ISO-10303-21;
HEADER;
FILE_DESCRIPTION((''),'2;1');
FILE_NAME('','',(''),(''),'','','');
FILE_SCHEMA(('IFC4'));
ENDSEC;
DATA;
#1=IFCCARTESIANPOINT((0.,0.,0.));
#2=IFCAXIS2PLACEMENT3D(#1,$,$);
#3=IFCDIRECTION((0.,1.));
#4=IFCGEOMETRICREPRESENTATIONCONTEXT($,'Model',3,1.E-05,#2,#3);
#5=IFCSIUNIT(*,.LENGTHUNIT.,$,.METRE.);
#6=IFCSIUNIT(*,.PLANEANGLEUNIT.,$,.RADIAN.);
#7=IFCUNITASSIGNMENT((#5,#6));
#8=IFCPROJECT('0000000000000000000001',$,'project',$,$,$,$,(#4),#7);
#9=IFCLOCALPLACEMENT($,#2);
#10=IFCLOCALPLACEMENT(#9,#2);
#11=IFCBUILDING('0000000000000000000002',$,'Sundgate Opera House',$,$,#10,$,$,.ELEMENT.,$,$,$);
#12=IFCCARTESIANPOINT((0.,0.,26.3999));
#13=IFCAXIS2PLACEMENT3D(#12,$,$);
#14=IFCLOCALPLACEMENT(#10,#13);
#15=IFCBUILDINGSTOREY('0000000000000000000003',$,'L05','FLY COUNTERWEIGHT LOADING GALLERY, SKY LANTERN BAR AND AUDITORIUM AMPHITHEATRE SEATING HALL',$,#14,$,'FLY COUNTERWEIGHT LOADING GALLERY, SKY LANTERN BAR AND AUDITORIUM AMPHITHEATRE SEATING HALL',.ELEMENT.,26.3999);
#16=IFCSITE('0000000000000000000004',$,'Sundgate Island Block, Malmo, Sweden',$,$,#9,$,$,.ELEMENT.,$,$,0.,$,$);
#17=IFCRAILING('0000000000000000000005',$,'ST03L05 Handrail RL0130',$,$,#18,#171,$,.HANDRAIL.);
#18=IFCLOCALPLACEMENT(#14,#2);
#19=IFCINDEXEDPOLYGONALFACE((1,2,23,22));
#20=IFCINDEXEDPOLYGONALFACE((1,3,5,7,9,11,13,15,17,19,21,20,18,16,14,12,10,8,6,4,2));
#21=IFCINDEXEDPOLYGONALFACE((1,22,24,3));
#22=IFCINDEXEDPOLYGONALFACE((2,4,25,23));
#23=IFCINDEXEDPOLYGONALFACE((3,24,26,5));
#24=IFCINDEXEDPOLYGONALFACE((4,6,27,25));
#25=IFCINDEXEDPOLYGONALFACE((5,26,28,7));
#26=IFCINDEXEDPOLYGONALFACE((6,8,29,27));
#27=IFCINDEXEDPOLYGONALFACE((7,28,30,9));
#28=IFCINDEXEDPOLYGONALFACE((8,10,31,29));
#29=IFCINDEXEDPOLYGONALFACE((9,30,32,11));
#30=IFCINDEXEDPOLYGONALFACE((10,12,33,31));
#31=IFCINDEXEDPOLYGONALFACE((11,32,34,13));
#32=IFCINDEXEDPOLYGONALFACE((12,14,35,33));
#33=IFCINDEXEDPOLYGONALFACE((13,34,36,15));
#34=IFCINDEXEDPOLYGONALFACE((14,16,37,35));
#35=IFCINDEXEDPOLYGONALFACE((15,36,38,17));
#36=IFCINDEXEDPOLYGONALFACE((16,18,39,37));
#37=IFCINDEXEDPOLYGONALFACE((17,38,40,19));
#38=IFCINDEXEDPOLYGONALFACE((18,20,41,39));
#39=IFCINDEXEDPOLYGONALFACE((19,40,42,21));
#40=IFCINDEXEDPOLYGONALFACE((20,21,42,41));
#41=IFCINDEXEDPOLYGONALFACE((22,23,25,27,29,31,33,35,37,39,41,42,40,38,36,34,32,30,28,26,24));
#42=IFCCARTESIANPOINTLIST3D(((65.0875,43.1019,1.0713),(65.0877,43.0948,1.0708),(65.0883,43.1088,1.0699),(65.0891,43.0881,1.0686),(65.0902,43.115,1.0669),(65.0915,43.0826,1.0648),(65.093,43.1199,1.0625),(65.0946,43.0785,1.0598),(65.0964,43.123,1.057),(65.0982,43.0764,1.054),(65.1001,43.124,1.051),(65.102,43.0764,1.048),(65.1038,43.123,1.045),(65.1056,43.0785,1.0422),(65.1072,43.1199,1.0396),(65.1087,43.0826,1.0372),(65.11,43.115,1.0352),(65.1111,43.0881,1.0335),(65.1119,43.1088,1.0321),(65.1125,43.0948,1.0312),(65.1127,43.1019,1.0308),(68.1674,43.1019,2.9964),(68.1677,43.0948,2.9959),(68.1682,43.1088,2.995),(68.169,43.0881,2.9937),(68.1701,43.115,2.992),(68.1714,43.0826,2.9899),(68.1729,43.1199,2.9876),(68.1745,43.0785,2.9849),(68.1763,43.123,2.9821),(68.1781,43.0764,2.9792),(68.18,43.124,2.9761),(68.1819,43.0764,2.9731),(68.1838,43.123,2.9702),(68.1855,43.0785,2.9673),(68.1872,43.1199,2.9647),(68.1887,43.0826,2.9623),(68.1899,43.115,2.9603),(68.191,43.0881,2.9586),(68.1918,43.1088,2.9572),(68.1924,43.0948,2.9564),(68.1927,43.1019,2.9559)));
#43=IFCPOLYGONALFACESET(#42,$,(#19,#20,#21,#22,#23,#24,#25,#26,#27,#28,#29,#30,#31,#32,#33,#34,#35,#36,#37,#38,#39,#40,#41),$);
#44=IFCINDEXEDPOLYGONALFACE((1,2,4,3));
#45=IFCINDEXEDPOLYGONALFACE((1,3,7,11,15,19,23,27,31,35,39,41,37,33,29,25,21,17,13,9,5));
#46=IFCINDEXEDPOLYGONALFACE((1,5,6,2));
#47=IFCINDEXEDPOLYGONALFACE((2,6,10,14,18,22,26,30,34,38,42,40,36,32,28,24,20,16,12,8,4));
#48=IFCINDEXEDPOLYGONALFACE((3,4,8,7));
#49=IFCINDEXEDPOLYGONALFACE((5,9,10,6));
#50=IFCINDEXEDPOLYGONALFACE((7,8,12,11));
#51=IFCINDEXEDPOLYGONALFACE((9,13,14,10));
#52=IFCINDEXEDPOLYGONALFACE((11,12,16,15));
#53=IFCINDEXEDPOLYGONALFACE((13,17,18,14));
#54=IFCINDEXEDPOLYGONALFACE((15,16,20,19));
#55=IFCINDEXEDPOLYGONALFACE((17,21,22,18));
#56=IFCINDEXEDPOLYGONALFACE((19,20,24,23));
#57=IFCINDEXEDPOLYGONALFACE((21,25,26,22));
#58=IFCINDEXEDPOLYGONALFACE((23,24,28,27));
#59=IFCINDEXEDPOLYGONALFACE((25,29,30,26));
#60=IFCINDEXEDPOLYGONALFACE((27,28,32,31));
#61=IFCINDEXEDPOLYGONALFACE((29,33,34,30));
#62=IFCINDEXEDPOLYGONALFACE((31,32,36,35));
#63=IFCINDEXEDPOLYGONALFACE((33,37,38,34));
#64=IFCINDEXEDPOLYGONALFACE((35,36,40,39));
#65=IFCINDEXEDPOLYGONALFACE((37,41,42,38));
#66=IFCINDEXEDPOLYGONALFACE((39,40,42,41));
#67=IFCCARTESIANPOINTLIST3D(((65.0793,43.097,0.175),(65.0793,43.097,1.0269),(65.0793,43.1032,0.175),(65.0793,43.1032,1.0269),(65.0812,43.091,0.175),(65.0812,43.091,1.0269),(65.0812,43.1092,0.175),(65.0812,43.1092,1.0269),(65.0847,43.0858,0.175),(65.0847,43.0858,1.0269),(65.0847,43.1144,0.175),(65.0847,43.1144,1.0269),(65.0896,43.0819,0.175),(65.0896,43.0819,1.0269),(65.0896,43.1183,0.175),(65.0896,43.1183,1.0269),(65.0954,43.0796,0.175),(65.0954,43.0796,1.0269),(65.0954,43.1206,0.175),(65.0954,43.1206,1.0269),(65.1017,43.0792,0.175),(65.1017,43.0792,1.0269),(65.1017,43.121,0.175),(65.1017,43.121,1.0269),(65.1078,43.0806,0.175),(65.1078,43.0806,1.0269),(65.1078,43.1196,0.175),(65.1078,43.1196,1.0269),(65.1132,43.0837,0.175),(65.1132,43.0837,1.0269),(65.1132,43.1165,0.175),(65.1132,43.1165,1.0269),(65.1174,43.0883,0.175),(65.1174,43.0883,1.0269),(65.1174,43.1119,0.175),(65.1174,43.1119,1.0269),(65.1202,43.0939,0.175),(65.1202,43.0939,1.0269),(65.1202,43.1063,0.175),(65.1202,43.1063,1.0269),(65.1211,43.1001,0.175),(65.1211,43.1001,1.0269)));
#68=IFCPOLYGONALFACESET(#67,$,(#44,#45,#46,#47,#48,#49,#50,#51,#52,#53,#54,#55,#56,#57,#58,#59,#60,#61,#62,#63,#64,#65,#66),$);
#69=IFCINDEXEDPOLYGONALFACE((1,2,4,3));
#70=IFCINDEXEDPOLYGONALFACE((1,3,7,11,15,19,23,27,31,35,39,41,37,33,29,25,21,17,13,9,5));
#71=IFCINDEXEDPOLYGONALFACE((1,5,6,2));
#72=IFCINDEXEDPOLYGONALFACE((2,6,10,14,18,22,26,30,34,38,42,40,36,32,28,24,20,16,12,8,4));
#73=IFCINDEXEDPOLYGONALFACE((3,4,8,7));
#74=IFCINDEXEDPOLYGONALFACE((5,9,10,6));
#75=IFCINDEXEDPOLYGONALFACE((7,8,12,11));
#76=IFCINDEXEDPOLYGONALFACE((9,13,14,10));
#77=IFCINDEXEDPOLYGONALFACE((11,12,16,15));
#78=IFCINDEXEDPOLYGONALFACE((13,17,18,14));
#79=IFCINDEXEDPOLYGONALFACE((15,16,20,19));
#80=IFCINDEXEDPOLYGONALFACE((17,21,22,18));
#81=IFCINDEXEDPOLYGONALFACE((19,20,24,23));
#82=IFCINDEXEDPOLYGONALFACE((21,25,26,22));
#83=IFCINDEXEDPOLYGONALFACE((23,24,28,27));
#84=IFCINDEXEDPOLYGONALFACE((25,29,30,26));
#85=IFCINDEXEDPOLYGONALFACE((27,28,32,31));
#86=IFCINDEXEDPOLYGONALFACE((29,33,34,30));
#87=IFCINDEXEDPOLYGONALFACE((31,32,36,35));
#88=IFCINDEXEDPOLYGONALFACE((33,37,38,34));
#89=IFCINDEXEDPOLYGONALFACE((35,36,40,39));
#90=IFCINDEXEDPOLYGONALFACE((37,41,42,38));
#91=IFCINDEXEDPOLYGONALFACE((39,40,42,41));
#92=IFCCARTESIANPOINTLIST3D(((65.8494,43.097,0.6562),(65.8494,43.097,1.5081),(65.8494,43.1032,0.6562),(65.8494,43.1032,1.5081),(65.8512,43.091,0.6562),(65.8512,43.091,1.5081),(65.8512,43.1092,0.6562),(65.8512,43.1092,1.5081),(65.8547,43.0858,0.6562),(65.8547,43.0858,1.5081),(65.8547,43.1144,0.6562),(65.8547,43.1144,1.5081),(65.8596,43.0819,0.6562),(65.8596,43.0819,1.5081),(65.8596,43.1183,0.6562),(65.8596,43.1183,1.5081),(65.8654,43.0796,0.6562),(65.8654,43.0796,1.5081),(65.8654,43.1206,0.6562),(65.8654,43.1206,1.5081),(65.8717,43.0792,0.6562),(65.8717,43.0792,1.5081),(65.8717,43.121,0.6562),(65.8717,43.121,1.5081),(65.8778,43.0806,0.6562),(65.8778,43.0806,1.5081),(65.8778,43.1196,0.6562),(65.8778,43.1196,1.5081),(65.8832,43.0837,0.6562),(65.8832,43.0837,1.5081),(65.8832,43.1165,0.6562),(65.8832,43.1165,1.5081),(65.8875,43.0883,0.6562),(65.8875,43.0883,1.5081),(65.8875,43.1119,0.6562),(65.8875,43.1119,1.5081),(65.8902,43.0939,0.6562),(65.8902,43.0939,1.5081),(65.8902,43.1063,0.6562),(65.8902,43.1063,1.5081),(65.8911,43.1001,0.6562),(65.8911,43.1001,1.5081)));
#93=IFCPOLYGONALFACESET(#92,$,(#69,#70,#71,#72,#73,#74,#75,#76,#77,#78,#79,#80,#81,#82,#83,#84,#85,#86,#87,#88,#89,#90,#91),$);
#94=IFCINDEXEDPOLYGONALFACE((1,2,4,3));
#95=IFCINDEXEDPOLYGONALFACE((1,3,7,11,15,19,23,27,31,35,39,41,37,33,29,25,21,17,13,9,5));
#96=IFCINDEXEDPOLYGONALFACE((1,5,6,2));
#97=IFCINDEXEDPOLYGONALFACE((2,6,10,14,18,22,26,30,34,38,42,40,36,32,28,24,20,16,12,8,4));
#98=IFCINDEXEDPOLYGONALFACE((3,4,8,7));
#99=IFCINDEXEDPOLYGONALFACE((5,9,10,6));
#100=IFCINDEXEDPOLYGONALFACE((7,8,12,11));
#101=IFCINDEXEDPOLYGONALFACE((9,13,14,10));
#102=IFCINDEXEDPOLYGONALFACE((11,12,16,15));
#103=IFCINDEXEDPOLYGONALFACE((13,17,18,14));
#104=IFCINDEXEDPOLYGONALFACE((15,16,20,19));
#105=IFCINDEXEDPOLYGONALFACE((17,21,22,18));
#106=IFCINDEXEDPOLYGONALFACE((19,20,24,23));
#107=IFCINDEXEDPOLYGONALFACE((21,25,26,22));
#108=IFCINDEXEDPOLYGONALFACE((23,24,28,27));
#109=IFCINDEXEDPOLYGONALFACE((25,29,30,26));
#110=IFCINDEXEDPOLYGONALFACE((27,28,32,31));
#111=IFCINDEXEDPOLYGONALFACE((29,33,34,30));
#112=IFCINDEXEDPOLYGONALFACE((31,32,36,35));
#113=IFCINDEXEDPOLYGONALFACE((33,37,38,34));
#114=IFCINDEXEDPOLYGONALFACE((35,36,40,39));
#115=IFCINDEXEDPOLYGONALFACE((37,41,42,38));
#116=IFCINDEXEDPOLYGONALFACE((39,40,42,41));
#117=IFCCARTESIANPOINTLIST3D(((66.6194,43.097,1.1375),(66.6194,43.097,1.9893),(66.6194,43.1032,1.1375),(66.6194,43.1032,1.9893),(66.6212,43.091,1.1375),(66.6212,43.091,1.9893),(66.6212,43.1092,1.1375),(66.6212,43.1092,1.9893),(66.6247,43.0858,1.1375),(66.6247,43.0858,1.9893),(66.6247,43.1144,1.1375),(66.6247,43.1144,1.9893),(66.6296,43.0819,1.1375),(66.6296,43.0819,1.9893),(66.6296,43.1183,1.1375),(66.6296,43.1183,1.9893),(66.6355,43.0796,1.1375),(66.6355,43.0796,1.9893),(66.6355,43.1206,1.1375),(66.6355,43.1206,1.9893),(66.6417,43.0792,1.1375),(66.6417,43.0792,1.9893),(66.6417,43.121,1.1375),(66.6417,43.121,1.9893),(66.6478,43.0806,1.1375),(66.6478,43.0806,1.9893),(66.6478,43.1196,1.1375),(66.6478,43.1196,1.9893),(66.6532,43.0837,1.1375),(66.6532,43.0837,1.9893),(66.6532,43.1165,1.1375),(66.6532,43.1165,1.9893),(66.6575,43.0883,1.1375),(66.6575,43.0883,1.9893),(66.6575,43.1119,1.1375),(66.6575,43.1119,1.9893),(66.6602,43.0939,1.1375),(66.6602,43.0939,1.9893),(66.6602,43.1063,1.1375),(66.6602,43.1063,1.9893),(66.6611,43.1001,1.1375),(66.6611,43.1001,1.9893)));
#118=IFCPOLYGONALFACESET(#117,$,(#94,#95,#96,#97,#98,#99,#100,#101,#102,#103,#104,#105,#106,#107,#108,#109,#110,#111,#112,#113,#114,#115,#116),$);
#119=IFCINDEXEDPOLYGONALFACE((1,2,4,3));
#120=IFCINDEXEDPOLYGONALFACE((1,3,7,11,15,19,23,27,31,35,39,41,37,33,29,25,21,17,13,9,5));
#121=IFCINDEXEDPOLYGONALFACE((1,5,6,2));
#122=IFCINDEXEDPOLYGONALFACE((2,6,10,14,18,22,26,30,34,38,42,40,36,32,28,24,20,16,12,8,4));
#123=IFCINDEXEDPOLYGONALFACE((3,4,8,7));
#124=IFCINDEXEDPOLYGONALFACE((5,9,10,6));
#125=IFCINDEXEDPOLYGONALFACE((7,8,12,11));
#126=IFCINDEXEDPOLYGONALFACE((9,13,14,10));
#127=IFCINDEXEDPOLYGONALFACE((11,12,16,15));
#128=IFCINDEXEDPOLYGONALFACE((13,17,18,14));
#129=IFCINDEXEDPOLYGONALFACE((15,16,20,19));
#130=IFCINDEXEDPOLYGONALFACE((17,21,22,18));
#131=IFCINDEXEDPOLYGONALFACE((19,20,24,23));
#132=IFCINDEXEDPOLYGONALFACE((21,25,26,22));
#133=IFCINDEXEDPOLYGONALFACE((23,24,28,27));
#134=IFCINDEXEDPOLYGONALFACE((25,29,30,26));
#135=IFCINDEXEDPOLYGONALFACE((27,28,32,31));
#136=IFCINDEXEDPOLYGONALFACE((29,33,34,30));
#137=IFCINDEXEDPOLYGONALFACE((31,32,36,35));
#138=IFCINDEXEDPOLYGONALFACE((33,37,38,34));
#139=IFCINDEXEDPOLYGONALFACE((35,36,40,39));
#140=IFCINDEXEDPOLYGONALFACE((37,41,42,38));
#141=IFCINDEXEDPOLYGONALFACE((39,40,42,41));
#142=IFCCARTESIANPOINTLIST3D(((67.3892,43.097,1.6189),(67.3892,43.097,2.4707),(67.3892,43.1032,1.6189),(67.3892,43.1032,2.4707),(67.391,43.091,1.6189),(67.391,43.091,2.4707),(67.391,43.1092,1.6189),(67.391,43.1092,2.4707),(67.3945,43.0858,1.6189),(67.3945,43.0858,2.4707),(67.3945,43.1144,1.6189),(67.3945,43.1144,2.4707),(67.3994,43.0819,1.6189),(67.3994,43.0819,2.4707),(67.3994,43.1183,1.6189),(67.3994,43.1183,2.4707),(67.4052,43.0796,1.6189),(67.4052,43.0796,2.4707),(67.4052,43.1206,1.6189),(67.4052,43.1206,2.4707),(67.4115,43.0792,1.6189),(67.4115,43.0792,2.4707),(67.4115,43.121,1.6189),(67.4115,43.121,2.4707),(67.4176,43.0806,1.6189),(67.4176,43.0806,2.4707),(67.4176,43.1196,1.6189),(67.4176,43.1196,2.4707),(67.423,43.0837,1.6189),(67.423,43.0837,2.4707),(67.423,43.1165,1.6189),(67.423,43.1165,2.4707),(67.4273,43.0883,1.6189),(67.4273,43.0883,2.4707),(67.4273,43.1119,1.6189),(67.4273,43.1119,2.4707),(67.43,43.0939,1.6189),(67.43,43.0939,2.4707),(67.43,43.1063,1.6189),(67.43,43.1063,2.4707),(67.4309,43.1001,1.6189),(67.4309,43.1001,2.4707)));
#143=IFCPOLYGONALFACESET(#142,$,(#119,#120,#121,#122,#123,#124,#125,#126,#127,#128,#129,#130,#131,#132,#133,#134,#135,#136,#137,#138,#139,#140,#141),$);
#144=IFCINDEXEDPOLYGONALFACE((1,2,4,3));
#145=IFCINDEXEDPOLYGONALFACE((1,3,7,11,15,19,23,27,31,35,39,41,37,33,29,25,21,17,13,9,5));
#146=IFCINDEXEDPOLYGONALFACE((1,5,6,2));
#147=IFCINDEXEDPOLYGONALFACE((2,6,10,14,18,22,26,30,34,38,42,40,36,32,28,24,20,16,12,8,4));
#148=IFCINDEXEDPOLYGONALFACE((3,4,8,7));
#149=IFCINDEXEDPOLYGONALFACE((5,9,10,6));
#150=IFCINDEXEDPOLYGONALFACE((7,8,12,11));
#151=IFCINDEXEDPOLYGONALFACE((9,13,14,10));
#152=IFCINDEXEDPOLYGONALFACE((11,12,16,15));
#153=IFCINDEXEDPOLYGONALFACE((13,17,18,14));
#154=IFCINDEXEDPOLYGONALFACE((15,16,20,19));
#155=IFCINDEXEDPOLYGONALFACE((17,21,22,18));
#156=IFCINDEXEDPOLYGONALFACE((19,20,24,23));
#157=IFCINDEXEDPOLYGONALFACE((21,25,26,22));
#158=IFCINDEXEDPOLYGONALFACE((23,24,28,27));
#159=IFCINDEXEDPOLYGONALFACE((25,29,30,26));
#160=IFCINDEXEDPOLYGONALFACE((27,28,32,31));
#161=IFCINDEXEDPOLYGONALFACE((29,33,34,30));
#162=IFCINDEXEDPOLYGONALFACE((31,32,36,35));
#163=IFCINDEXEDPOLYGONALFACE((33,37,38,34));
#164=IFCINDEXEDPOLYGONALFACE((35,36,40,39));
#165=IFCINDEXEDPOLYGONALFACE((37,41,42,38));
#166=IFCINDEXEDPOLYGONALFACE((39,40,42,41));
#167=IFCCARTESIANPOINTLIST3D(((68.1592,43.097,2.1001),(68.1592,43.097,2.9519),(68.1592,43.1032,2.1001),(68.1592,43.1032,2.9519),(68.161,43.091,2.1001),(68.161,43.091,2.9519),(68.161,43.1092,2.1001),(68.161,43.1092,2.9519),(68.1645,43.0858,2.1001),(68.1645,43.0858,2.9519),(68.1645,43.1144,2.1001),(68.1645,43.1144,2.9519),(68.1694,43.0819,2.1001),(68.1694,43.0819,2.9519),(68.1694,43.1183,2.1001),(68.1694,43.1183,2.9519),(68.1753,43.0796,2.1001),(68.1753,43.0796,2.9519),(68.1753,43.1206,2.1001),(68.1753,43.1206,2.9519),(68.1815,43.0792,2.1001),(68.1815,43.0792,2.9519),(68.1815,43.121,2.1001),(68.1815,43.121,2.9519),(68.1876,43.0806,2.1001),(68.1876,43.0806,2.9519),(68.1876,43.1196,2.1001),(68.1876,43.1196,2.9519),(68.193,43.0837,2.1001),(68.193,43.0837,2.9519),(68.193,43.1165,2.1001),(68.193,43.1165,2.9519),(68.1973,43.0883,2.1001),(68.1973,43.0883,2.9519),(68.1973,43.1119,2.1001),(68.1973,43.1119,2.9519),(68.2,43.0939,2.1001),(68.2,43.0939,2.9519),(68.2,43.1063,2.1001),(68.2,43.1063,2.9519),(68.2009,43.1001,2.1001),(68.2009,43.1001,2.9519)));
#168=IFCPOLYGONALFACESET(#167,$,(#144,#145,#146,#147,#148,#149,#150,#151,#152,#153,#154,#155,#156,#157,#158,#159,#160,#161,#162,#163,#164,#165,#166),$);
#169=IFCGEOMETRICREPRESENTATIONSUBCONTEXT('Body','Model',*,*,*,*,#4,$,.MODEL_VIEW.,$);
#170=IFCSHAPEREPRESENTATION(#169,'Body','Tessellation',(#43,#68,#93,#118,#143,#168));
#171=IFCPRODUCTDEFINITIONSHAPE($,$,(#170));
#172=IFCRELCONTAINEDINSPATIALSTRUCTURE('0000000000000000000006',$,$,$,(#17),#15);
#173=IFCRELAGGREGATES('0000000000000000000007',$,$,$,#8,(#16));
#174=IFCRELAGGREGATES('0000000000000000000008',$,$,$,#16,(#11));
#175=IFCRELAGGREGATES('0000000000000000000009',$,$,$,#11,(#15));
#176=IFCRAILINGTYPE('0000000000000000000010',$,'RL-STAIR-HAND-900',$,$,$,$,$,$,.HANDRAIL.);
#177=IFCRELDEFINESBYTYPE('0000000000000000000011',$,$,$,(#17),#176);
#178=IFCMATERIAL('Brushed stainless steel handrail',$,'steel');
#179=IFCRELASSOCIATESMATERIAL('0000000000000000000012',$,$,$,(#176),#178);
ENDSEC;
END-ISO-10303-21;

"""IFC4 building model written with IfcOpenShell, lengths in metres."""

from ifc_helpers import new_model, si_unit, direction, frame, origin, origin_2d, place, context, subcontext, project, spatial, circle, extrude, material, type_object, element, save


model = new_model("IFC4")

# Units and contexts
model_context = context("Model", 3, precision=1e-05, world=origin(), true_north=direction((0.0, 1.0)))
body_context = subcontext(model_context, "Body", "Model", "MODEL_VIEW")
ifc_project = project(units=[si_unit("LENGTHUNIT", "METRE"), si_unit("PLANEANGLEUNIT", "RADIAN")], contexts=[model_context])

# Site, building, storey
site_placement = place(None, origin())
site = spatial("IfcSite", under=ifc_project, at=site_placement, Name="Sundgate Island Block, Malmo, Sweden", CompositionType="ELEMENT", RefElevation=0.0)
building_placement = place(site_placement, origin())
building = spatial("IfcBuilding", under=site, at=building_placement, Name="Sundgate Opera House", CompositionType="ELEMENT")
storey_placement = place(building_placement, frame((0.0, 0.0, 26.3999)))
storey = spatial("IfcBuildingStorey", under=building, at=storey_placement, Name="L05", Description="FLY COUNTERWEIGHT LOADING GALLERY, SKY LANTERN BAR AND AUDITORIUM AMPHITHEATRE SEATING HALL", LongName="FLY COUNTERWEIGHT LOADING GALLERY, SKY LANTERN BAR AND AUDITORIUM AMPHITHEATRE SEATING HALL", CompositionType="ELEMENT", Elevation=26.3999)

# Railing
ifc_material_1 = material(Name="Brushed stainless steel handrail", Category="steel")
railing_type_1 = type_object("IfcRailingType", Name="RL-STAIR-HAND-900", PredefinedType="HANDRAIL", material=ifc_material_1)
railing_1_placement = place(storey_placement, frame((65.1001, 43.1001, 0.175)))
element("IfcRailing", 1, at=railing_1_placement, inside=storey, type_object=railing_type_1, Name="ST03L05 Handrail RL0130", PredefinedType="HANDRAIL", context=body_context, shape_type="SweptSolid", body=[
    extrude(circle(Radius=0.0239, at=origin_2d()), frame((0.0, 0.0, 0.876), z_axis=(0.847979, 0.0, 0.530029), x_axis=(0.0, 1.0, 0.0)), (0.0, 0.0, 1.0), 3.6321),
    extrude(circle(Radius=0.021, at=origin_2d()), origin(), (0.0, 0.0, 1.0), 0.8518),
    extrude(circle(Radius=0.021, at=origin_2d()), frame((0.77, 0.0, 0.4812)), (0.0, 0.0, 1.0), 0.8518),
    extrude(circle(Radius=0.021, at=origin_2d()), frame((1.54, 0.0, 0.9624)), (0.0, 0.0, 1.0), 0.8518),
    extrude(circle(Radius=0.021, at=origin_2d()), frame((2.3098, 0.0, 1.4438)), (0.0, 0.0, 1.0), 0.8518),
    extrude(circle(Radius=0.021, at=origin_2d()), frame((3.0798, 0.0, 1.925)), (0.0, 0.0, 1.0), 0.8518),
])

save(model, "model.ifc")
